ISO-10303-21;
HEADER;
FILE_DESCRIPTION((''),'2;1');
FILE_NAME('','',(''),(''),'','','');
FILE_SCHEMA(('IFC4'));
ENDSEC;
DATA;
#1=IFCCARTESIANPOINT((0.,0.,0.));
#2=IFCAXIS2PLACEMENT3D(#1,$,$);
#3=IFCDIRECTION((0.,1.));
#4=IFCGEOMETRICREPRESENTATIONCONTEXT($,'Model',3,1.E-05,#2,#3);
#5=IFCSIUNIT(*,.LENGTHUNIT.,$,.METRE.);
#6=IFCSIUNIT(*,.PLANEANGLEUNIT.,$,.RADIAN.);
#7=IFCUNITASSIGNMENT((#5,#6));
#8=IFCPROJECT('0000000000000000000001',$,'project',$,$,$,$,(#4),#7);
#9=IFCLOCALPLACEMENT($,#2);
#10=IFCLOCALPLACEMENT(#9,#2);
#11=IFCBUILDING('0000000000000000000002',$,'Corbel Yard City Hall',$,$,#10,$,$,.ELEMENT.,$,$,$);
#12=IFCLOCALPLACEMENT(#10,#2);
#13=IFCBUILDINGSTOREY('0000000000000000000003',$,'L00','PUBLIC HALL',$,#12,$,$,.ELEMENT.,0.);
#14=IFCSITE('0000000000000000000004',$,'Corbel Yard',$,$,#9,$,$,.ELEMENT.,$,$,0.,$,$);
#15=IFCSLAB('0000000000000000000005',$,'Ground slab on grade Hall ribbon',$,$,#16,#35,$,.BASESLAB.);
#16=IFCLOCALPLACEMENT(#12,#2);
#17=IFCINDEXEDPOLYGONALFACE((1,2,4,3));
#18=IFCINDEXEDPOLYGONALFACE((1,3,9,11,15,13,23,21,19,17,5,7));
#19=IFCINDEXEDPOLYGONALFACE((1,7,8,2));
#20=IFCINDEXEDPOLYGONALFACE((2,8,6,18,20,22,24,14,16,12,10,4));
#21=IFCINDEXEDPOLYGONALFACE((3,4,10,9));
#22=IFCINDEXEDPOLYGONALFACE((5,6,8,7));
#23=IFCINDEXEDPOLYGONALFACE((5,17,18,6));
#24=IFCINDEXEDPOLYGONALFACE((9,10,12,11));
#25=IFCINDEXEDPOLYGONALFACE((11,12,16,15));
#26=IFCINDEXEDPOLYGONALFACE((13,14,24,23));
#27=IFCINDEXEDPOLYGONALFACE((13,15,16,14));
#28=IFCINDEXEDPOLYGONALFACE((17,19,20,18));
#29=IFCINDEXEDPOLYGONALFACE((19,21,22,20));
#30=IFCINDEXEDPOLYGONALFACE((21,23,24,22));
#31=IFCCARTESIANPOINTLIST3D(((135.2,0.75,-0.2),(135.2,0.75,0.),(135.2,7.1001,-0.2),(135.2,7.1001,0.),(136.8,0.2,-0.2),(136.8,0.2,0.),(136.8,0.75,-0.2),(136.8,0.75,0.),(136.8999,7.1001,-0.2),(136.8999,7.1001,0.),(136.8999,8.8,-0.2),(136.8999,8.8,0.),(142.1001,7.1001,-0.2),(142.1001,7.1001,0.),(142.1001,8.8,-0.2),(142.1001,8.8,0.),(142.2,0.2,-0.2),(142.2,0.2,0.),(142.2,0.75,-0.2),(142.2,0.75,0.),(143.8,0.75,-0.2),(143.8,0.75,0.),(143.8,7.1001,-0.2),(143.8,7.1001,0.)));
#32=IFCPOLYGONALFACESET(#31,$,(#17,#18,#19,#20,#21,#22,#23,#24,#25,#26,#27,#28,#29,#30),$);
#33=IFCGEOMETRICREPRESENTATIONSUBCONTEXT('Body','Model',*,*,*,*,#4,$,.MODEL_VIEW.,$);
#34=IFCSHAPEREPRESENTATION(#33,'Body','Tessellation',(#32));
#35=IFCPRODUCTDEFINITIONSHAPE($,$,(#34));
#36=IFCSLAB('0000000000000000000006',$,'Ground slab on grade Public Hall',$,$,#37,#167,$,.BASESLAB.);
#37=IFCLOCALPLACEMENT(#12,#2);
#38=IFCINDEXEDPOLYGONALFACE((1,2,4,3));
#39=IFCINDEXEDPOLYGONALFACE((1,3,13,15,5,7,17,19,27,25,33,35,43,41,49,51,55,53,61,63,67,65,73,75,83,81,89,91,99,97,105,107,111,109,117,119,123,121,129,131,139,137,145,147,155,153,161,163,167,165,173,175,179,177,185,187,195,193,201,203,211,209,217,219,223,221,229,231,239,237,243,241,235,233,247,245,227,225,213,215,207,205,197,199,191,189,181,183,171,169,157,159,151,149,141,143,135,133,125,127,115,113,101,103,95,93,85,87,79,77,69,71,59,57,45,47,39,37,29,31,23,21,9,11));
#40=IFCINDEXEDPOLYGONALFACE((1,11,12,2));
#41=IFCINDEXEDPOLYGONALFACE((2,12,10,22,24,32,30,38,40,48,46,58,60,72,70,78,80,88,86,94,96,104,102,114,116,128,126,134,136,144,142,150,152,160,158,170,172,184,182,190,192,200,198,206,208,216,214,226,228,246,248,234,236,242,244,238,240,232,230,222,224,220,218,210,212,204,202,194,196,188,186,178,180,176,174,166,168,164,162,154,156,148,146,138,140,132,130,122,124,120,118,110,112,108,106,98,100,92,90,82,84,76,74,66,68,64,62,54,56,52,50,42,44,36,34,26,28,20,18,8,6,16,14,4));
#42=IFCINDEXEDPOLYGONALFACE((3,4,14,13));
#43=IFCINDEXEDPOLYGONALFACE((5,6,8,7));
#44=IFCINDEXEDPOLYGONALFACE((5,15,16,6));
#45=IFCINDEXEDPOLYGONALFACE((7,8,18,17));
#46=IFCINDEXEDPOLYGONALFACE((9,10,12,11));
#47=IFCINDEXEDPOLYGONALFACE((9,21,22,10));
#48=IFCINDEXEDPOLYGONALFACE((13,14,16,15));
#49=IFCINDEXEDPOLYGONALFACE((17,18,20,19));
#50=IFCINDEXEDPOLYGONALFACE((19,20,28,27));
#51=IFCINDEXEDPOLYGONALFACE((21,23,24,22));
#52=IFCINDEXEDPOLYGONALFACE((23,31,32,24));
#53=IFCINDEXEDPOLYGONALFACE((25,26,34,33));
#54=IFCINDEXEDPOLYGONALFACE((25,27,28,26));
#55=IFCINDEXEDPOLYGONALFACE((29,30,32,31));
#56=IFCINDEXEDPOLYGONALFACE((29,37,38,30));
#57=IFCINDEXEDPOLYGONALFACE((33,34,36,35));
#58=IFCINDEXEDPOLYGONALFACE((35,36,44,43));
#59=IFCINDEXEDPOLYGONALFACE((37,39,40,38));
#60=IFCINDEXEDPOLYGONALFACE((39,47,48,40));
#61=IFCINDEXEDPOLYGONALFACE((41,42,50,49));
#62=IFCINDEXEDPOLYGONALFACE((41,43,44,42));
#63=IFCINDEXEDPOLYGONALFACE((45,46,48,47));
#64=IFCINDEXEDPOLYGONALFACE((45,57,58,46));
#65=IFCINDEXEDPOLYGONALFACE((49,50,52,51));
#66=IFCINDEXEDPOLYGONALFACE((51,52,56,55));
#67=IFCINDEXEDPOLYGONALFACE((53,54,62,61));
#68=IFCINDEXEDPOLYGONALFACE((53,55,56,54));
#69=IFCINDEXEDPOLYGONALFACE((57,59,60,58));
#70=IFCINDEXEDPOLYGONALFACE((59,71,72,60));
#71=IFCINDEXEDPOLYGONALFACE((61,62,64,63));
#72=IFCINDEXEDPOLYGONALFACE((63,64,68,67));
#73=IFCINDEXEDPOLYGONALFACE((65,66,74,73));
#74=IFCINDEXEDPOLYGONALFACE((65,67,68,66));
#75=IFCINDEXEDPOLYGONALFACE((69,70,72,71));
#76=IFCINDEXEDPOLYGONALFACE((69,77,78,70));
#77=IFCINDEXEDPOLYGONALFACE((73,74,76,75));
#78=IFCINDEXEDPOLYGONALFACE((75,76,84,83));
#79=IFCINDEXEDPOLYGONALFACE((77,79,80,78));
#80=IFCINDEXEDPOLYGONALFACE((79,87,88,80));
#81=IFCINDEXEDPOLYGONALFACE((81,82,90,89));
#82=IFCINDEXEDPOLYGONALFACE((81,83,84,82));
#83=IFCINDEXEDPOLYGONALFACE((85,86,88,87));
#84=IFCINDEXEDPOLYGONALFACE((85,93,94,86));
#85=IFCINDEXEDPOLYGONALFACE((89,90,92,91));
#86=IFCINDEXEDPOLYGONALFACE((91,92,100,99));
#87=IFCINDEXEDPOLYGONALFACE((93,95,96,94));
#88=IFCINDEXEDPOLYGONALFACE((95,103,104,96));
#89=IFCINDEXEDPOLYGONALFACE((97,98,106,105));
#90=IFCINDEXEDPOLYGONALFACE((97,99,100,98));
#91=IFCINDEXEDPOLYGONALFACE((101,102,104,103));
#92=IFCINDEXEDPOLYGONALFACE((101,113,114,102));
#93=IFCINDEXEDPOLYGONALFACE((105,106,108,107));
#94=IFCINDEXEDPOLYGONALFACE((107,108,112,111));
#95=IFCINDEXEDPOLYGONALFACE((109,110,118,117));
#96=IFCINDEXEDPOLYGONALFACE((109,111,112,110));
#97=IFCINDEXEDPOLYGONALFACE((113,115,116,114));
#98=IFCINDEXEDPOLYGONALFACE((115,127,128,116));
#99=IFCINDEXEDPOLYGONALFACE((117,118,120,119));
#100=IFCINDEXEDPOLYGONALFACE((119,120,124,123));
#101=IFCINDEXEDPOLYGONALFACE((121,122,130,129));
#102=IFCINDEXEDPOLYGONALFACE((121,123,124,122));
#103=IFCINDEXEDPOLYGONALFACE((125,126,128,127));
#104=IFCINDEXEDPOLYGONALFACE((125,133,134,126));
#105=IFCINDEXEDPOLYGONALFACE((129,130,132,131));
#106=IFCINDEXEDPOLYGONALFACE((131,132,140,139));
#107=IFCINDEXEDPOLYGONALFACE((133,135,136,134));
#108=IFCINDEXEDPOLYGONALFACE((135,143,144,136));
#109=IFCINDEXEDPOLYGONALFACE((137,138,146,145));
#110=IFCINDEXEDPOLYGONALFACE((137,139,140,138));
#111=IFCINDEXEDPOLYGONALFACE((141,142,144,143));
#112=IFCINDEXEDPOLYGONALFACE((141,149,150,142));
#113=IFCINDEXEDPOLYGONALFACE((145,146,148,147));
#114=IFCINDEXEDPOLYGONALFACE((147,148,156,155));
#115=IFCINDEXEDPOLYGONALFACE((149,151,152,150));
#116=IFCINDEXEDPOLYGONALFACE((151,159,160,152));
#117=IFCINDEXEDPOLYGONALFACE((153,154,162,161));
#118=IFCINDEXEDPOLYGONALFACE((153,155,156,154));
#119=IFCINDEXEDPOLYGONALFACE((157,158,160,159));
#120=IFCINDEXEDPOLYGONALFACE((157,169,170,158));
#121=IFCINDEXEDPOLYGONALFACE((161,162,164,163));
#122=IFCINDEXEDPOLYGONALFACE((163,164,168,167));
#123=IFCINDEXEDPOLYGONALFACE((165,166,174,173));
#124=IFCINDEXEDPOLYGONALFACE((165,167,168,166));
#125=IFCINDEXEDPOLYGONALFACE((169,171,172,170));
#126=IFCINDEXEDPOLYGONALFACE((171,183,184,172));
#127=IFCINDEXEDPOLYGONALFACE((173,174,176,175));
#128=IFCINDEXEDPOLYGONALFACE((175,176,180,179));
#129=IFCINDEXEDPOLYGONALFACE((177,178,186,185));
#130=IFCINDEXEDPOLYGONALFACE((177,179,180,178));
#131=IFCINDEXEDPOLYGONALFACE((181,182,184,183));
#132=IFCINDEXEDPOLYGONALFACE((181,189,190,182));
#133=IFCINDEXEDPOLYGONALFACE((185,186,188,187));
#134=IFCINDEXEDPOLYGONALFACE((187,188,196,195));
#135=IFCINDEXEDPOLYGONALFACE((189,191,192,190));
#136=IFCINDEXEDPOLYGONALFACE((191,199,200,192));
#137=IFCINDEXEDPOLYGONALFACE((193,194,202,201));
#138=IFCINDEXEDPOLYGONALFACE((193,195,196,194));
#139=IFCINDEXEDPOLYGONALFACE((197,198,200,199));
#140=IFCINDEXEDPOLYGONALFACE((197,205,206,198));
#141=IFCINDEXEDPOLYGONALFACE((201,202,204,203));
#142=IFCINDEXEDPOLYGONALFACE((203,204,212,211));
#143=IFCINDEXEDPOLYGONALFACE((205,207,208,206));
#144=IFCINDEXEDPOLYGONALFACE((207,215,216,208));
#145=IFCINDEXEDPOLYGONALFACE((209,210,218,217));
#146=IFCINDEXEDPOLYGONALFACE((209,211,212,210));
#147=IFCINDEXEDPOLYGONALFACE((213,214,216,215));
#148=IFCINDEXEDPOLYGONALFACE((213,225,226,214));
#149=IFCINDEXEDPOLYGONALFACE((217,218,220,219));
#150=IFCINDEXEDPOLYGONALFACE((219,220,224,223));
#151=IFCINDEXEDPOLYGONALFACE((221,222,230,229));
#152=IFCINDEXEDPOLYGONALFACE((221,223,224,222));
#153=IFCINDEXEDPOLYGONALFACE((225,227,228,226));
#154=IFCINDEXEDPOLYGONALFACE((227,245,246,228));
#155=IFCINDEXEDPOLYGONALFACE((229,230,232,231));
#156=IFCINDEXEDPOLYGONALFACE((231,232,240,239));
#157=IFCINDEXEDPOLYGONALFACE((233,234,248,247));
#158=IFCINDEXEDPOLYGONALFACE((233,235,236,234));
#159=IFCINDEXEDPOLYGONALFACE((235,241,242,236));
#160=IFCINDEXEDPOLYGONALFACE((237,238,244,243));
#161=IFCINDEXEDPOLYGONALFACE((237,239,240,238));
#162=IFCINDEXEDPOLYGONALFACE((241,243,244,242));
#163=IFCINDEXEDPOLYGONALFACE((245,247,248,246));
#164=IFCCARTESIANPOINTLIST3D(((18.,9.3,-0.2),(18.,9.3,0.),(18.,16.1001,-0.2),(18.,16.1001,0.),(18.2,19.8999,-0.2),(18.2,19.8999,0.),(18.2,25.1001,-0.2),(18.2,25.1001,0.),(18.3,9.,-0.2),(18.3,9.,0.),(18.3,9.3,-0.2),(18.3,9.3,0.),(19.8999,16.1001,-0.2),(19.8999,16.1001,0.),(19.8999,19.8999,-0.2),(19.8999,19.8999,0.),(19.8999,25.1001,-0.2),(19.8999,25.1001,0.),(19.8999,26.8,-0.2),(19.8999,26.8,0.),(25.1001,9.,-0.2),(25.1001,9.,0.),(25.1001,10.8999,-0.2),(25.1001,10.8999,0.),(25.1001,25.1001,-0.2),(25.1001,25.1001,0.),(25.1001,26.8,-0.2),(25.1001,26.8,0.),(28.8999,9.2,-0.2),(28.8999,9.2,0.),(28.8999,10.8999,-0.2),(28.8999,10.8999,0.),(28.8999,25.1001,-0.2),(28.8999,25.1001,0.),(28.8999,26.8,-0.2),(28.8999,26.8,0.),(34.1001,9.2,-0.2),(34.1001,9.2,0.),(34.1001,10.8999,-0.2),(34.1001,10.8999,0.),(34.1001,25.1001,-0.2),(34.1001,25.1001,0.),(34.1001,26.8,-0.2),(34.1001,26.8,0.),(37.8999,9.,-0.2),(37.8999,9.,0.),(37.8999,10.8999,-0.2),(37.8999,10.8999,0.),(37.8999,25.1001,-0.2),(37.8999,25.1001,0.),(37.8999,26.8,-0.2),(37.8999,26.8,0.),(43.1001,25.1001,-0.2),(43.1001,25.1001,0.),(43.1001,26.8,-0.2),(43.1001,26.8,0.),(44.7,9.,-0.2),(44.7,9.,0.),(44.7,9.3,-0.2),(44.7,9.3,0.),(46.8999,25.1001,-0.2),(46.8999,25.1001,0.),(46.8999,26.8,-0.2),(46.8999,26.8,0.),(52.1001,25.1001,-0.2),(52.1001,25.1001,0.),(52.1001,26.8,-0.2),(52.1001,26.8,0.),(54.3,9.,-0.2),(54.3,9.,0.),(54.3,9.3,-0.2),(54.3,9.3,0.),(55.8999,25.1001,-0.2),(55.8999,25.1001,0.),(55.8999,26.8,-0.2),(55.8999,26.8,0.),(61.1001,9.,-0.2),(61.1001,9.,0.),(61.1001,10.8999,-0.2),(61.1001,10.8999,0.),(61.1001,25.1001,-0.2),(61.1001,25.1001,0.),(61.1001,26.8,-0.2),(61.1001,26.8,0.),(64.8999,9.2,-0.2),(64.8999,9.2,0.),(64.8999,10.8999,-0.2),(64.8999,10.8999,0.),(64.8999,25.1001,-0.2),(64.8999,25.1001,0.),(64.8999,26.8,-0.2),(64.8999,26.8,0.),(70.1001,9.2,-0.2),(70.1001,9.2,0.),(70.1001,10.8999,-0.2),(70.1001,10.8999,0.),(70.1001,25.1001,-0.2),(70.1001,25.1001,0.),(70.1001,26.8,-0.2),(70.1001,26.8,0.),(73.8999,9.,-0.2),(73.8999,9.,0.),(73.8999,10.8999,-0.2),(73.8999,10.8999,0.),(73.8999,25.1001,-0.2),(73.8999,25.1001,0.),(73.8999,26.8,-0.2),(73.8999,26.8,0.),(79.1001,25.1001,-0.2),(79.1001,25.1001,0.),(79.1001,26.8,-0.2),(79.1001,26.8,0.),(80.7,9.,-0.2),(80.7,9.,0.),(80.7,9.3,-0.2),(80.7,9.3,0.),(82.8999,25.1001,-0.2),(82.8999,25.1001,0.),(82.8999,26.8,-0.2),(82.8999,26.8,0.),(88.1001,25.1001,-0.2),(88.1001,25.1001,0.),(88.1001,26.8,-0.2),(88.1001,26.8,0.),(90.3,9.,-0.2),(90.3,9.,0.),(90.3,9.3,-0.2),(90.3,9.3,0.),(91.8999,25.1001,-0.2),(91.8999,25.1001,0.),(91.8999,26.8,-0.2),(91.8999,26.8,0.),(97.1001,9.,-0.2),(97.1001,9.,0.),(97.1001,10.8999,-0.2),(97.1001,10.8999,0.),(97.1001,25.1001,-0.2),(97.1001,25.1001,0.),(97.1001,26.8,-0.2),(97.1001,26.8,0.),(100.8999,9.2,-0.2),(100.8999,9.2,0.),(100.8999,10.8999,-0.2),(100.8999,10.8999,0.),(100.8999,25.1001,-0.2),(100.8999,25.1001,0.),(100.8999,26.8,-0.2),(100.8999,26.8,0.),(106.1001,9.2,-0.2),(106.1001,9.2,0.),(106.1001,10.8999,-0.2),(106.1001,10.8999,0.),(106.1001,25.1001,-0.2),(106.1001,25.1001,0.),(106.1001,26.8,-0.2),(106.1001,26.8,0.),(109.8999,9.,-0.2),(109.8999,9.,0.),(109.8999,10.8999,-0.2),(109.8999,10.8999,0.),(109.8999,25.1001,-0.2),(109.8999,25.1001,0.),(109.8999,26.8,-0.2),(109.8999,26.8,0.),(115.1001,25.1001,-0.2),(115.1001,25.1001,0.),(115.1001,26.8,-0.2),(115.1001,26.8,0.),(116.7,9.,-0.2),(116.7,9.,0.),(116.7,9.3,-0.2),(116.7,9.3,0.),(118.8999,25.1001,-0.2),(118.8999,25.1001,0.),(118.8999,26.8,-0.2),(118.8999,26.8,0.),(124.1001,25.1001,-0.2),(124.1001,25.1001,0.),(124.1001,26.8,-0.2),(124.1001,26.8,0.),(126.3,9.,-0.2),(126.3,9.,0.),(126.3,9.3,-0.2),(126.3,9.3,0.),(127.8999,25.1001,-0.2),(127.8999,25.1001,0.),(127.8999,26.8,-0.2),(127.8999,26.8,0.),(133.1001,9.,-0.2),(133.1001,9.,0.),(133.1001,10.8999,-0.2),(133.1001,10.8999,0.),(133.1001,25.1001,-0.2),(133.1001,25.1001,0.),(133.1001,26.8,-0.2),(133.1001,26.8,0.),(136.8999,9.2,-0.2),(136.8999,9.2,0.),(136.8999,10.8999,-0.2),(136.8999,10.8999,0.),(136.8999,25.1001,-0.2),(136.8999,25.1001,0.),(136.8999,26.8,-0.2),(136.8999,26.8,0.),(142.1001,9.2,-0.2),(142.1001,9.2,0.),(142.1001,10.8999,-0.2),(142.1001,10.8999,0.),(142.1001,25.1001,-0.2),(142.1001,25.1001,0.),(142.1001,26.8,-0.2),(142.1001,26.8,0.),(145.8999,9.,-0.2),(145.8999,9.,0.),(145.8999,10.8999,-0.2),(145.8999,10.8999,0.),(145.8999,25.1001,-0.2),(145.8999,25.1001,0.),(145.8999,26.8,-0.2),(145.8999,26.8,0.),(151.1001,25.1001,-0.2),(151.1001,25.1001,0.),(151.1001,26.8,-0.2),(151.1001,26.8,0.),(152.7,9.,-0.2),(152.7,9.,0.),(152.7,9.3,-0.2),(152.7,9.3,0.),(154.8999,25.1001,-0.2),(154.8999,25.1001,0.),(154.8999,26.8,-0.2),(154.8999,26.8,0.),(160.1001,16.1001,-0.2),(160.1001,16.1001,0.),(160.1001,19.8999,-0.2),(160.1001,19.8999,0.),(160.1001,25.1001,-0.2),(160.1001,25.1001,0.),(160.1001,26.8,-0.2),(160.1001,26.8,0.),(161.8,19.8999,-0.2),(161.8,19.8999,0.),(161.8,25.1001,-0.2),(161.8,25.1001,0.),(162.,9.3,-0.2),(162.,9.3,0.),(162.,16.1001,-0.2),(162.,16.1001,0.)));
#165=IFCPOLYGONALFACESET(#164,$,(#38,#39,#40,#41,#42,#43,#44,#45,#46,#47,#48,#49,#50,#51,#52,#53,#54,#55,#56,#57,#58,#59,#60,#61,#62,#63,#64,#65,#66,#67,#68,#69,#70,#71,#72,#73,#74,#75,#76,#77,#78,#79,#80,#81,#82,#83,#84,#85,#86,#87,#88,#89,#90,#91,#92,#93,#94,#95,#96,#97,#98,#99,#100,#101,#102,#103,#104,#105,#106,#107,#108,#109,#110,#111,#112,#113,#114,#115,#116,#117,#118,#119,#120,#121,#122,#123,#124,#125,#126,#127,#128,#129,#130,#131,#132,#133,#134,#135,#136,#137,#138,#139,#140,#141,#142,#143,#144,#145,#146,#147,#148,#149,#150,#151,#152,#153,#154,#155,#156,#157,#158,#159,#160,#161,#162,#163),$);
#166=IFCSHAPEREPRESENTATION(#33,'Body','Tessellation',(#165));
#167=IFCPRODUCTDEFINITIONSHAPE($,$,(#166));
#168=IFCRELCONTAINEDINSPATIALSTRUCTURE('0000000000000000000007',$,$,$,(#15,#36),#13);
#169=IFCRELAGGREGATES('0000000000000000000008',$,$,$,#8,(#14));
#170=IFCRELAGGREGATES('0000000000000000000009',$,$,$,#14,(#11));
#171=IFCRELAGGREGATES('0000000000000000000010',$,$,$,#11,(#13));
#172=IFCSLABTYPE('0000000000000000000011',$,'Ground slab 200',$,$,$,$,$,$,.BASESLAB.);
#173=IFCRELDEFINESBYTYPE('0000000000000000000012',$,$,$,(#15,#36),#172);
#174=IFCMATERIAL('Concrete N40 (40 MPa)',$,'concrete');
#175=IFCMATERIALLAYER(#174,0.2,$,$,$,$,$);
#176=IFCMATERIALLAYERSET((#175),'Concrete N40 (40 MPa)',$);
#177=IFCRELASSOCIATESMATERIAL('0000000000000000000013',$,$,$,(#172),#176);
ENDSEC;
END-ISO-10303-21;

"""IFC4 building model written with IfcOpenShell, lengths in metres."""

from ifc_helpers import new_model, si_unit, direction, frame, origin, place, context, subcontext, project, spatial, polyline, outline, extrude, material, layer, layer_set, type_object, element, save


model = new_model("IFC4")

# Units and contexts
model_context = context("Model", 3, precision=1e-05, world=origin(), true_north=direction((0.0, 1.0)))
body_context = subcontext(model_context, "Body", "Model", "MODEL_VIEW")
ifc_project = project(units=[si_unit("LENGTHUNIT", "METRE"), si_unit("PLANEANGLEUNIT", "RADIAN")], contexts=[model_context])

# Site, building, storey
site_placement = place(None, origin())
site = spatial("IfcSite", under=ifc_project, at=site_placement, Name="Corbel Yard", CompositionType="ELEMENT", RefElevation=0.0)
building_placement = place(site_placement, origin())
building = spatial("IfcBuilding", under=site, at=building_placement, Name="Corbel Yard City Hall", CompositionType="ELEMENT")
storey_placement = place(building_placement, origin())
storey = spatial("IfcBuildingStorey", under=building, at=storey_placement, Name="L00", Description="PUBLIC HALL", CompositionType="ELEMENT", Elevation=0.0)

# Slabs
ifc_material = material(Name="Concrete N40 (40 MPa)", Category="concrete")
ifc_layer = layer(ifc_material, 0.2)
ifc_layer_set = layer_set([ifc_layer], Name="Concrete N40 (40 MPa)")
slab_type = type_object("IfcSlabType", Name="Ground slab 200", PredefinedType="BASESLAB", material=ifc_layer_set)
slab_1_placement = place(storey_placement, frame((0.0, 0.0, -0.2)))
element("IfcSlab", 1, at=slab_1_placement, inside=storey, type_object=slab_type, Name="Ground slab on grade Hall ribbon", PredefinedType="BASESLAB", context=body_context, shape_type="SweptSolid", body=[
    extrude(outline(polyline([(142.2, 0.2), (142.2, 0.75), (143.8, 0.75), (143.8, 7.1001), (142.1001, 7.1001), (142.1001, 8.8), (136.8999, 8.8), (136.8999, 7.1001), (135.2, 7.1001), (135.2, 0.75), (136.8, 0.75), (136.8, 0.2), (142.2, 0.2)])), origin(), (0.0, 0.0, 1.0), 0.2),
])
slab_2_placement = place(storey_placement, frame((0.0, 0.0, -0.2)))
element("IfcSlab", 2, at=slab_2_placement, inside=storey, type_object=slab_type, Name="Ground slab on grade Public Hall", PredefinedType="BASESLAB", context=body_context, shape_type="SweptSolid", body=[
    extrude(outline(polyline([(115.1001, 26.8), (109.8999, 26.8), (109.8999, 25.1001), (106.1001, 25.1001), (106.1001, 26.8), (100.8999, 26.8), (100.8999, 25.1001), (97.1001, 25.1001), (97.1001, 26.8), (91.8999, 26.8), (91.8999, 25.1001), (88.1001, 25.1001), (88.1001, 26.8), (82.8999, 26.8), (82.8999, 25.1001), (79.1001, 25.1001), (79.1001, 26.8), (73.8999, 26.8), (73.8999, 25.1001), (70.1001, 25.1001), (70.1001, 26.8), (64.8999, 26.8), (64.8999, 25.1001), (61.1001, 25.1001), (61.1001, 26.8), (55.8999, 26.8), (55.8999, 25.1001), (52.1001, 25.1001), (52.1001, 26.8), (46.8999, 26.8), (46.8999, 25.1001), (43.1001, 25.1001), (43.1001, 26.8), (37.8999, 26.8), (37.8999, 25.1001), (34.1001, 25.1001), (34.1001, 26.8), (28.8999, 26.8), (28.8999, 25.1001), (25.1001, 25.1001), (25.1001, 26.8), (19.8999, 26.8), (19.8999, 25.1001), (18.2, 25.1001), (18.2, 19.8999), (19.8999, 19.8999), (19.8999, 16.1001), (18.0, 16.1001), (18.0, 9.3), (18.3, 9.3), (18.3, 9.0), (25.1001, 9.0), (25.1001, 10.8999), (28.8999, 10.8999), (28.8999, 9.2), (34.1001, 9.2), (34.1001, 10.8999), (37.8999, 10.8999), (37.8999, 9.0), (44.7, 9.0), (44.7, 9.3), (54.3, 9.3), (54.3, 9.0), (61.1001, 9.0), (61.1001, 10.8999), (64.8999, 10.8999), (64.8999, 9.2), (70.1001, 9.2), (70.1001, 10.8999), (73.8999, 10.8999), (73.8999, 9.0), (80.7, 9.0), (80.7, 9.3), (90.3, 9.3), (90.3, 9.0), (97.1001, 9.0), (97.1001, 10.8999), (100.8999, 10.8999), (100.8999, 9.2), (106.1001, 9.2), (106.1001, 10.8999), (109.8999, 10.8999), (109.8999, 9.0), (116.7, 9.0), (116.7, 9.3), (126.3, 9.3), (126.3, 9.0), (133.1001, 9.0), (133.1001, 10.8999), (136.8999, 10.8999), (136.8999, 9.2), (142.1001, 9.2), (142.1001, 10.8999), (145.8999, 10.8999), (145.8999, 9.0), (152.7, 9.0), (152.7, 9.3), (162.0, 9.3), (162.0, 16.1001), (160.1001, 16.1001), (160.1001, 19.8999), (161.8, 19.8999), (161.8, 25.1001), (160.1001, 25.1001), (160.1001, 26.8), (154.8999, 26.8), (154.8999, 25.1001), (151.1001, 25.1001), (151.1001, 26.8), (145.8999, 26.8), (145.8999, 25.1001), (142.1001, 25.1001), (142.1001, 26.8), (136.8999, 26.8), (136.8999, 25.1001), (133.1001, 25.1001), (133.1001, 26.8), (127.8999, 26.8), (127.8999, 25.1001), (124.1001, 25.1001), (124.1001, 26.8), (118.8999, 26.8), (118.8999, 25.1001), (115.1001, 25.1001), (115.1001, 26.8)])), origin(), (0.0, 0.0, 1.0), 0.2),
])

save(model, "model.ifc")
